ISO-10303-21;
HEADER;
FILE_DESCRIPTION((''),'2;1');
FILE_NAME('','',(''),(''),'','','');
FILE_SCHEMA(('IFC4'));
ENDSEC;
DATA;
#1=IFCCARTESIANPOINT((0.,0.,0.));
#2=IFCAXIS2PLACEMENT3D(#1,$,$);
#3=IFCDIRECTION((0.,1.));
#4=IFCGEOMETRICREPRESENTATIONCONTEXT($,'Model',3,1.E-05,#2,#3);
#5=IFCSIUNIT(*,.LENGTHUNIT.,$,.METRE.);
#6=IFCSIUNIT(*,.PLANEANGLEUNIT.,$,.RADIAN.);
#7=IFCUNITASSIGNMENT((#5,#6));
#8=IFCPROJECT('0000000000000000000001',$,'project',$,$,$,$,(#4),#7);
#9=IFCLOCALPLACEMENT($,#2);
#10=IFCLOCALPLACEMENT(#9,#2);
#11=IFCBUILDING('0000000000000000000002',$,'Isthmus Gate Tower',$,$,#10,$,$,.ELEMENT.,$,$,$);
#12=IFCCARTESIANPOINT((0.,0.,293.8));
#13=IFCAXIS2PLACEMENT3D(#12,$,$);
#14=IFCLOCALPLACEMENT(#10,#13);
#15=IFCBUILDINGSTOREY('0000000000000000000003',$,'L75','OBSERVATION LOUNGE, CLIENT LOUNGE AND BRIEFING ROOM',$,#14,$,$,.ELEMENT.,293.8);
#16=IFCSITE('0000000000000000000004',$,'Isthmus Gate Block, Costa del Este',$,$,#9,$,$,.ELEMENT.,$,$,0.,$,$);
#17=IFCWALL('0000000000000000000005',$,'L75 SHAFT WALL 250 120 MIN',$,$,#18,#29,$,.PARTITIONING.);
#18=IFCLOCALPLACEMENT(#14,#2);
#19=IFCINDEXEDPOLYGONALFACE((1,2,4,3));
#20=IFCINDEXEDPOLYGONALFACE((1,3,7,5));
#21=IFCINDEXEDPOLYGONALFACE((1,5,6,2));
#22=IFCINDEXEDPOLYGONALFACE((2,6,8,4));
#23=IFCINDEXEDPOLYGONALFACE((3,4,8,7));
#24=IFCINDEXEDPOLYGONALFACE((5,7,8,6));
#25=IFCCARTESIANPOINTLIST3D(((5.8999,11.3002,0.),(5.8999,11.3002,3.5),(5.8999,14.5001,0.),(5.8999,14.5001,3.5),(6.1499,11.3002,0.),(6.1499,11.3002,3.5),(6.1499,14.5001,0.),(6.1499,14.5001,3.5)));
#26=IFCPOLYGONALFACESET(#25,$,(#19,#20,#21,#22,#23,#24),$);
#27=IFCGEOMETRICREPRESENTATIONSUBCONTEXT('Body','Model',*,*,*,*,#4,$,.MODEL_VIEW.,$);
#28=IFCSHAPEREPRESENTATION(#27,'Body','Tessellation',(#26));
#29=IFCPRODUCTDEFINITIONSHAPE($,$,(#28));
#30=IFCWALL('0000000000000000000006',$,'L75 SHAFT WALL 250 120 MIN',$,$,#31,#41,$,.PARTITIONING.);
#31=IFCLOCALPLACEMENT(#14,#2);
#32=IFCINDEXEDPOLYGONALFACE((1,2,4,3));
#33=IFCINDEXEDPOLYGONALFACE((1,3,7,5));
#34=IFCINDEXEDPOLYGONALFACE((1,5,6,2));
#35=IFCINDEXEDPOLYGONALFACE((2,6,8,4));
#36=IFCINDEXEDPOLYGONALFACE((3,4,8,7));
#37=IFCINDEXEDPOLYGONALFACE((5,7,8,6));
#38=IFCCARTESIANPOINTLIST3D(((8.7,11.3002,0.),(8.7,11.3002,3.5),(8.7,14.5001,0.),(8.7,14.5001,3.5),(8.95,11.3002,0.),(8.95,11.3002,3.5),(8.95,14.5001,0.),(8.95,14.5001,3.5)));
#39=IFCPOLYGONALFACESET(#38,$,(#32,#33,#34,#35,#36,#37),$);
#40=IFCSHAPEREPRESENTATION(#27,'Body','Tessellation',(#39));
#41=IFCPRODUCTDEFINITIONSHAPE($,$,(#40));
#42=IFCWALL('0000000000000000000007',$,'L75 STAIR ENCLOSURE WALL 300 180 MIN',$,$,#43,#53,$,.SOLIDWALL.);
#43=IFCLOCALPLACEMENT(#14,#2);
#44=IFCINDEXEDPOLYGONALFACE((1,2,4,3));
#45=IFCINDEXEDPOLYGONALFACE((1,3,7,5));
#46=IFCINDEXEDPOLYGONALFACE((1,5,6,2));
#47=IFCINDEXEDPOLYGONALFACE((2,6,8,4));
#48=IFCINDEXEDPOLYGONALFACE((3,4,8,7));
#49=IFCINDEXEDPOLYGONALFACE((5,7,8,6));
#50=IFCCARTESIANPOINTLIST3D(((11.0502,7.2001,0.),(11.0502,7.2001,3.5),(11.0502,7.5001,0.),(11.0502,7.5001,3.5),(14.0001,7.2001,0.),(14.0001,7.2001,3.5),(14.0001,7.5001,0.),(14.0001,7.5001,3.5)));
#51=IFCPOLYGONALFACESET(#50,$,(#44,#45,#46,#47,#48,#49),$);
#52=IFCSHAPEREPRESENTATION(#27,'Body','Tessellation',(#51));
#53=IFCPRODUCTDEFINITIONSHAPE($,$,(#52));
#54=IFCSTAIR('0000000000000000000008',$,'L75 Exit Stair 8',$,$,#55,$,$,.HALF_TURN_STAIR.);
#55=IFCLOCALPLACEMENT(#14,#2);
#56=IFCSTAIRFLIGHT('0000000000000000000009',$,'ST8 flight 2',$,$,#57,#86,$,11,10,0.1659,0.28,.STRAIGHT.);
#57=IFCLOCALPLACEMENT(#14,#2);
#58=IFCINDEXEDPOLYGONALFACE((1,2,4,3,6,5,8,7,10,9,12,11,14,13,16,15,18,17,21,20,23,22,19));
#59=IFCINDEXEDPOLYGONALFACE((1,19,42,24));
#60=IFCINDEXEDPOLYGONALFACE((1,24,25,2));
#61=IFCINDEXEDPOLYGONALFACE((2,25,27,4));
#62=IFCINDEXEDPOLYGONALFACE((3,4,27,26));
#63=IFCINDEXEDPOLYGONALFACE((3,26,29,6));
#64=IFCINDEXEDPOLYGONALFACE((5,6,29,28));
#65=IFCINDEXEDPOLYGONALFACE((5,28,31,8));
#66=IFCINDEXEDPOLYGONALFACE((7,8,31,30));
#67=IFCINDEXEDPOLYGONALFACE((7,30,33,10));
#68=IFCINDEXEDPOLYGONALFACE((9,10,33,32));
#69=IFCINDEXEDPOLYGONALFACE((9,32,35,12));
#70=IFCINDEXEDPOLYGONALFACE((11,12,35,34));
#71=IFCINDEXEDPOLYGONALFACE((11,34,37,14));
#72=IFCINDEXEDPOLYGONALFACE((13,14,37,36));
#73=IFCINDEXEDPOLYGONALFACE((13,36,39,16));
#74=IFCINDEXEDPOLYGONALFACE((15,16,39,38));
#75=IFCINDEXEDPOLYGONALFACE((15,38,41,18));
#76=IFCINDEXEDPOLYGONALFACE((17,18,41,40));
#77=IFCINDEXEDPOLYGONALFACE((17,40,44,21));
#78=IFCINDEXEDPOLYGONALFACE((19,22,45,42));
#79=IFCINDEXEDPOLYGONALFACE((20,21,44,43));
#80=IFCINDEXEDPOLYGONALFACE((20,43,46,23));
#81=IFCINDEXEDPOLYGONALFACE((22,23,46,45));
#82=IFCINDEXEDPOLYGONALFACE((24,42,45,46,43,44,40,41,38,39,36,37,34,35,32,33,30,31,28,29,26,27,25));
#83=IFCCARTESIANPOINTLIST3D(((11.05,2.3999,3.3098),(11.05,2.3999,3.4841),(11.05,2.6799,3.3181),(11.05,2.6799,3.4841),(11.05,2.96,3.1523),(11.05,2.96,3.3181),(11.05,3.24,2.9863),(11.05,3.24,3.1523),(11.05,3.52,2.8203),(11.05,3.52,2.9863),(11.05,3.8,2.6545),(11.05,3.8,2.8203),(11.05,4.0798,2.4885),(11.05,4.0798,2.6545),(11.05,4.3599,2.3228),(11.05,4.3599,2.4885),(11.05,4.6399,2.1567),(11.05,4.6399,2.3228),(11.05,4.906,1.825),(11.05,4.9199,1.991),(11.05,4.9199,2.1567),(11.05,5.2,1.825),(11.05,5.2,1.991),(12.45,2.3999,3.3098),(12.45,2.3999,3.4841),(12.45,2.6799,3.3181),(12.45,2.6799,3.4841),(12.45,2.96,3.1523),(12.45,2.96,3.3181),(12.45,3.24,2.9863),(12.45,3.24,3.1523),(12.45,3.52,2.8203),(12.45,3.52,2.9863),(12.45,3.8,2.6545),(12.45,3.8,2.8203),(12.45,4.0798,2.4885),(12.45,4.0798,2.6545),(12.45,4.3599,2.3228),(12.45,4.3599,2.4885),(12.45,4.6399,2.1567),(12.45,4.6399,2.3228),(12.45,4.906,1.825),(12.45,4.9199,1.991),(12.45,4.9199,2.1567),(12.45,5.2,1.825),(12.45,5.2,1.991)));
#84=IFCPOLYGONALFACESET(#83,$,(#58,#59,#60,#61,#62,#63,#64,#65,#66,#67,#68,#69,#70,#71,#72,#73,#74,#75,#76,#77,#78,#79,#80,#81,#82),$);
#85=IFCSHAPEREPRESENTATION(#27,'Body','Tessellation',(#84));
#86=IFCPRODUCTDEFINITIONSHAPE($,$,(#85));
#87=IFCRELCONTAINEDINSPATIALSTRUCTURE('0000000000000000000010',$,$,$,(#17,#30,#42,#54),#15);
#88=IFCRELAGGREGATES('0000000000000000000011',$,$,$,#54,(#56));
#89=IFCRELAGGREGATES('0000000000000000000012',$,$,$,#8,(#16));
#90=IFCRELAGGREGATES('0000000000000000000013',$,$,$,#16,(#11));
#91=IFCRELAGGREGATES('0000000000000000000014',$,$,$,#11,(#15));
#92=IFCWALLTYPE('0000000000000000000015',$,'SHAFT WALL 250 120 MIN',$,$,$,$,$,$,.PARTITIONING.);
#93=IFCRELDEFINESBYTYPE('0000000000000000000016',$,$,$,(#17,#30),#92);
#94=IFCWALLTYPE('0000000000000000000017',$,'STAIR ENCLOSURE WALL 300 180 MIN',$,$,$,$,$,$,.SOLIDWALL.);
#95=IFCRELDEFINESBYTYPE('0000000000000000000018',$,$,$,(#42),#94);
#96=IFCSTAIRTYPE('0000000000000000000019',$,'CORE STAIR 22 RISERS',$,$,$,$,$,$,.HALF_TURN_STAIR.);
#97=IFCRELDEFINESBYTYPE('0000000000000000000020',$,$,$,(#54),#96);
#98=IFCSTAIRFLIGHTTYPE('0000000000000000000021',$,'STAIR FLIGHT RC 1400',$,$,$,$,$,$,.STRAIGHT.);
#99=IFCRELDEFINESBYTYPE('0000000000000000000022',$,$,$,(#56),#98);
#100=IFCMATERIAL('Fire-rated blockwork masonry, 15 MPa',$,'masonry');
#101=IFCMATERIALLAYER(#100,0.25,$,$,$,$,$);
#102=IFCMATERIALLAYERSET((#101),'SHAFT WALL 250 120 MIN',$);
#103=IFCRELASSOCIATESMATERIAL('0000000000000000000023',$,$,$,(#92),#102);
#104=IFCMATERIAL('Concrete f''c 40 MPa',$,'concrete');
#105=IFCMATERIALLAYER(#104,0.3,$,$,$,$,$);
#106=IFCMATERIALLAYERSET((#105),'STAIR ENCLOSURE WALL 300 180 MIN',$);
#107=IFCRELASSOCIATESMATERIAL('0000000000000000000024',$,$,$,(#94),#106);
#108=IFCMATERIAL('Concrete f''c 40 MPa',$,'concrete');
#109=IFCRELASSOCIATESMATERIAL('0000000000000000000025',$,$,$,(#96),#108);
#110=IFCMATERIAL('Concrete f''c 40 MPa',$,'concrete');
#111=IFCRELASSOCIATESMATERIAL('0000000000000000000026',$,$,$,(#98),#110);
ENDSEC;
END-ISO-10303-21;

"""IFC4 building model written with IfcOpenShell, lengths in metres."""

from ifc_helpers import new_model, si_unit, direction, frame, frame_2d, origin, place, context, subcontext, project, spatial, polyline, rectangle, outline, extrude, material, layer, layer_set, type_object, element, aggregate, save


model = new_model("IFC4")

# Units and contexts
model_context = context("Model", 3, precision=1e-05, world=origin(), true_north=direction((0.0, 1.0)))
body_context = subcontext(model_context, "Body", "Model", "MODEL_VIEW")
ifc_project = project(units=[si_unit("LENGTHUNIT", "METRE"), si_unit("PLANEANGLEUNIT", "RADIAN")], contexts=[model_context])

# Site, building, storey
site_placement = place(None, origin())
site = spatial("IfcSite", under=ifc_project, at=site_placement, Name="Isthmus Gate Block, Costa del Este", CompositionType="ELEMENT", RefElevation=0.0)
building_placement = place(site_placement, origin())
building = spatial("IfcBuilding", under=site, at=building_placement, Name="Isthmus Gate Tower", CompositionType="ELEMENT")
storey_placement = place(building_placement, frame((0.0, 0.0, 293.8)))
storey = spatial("IfcBuildingStorey", under=building, at=storey_placement, Name="L75", Description="OBSERVATION LOUNGE, CLIENT LOUNGE AND BRIEFING ROOM", CompositionType="ELEMENT", Elevation=293.8)

# Walls
ifc_material_1 = material(Name="Fire-rated blockwork masonry, 15 MPa", Category="masonry")
ifc_layer_1 = layer(ifc_material_1, 0.25)
ifc_layer_set_1 = layer_set([ifc_layer_1], Name="SHAFT WALL 250 120 MIN")
wall_type_1 = type_object("IfcWallType", Name="SHAFT WALL 250 120 MIN", PredefinedType="PARTITIONING", material=ifc_layer_set_1)
for number, where, z_axis, x_axis, name in (
    (1, (6.0249, 11.3, 0.0), (0.0, 0.0, 1.0), (0.0, 1.0, 0.0), "L75 SHAFT WALL 250 120 MIN"),
    (2, (8.825, 11.3, 0.0), (0.0, 0.0, 1.0), (0.0, 1.0, 0.0), "L75 SHAFT WALL 250 120 MIN"),
):
    element("IfcWall", number, at=place(storey_placement, frame(where, z_axis=z_axis, x_axis=x_axis)), inside=storey, type_object=wall_type_1, Name=name, PredefinedType="PARTITIONING", context=body_context, shape_type="SweptSolid", body=[
        extrude(rectangle(XDim=3.2, YDim=0.25, at=frame_2d((1.6001, 0.0))), origin(), (0.0, 0.0, 1.0), 3.5),
    ])
ifc_material_2 = material(Name="Concrete f'c 40 MPa", Category="concrete")
ifc_layer_2 = layer(ifc_material_2, 0.3)
ifc_layer_set_2 = layer_set([ifc_layer_2], Name="STAIR ENCLOSURE WALL 300 180 MIN")
wall_type_2 = type_object("IfcWallType", Name="STAIR ENCLOSURE WALL 300 180 MIN", PredefinedType="SOLIDWALL", material=ifc_layer_set_2)
wall_1_placement = place(storey_placement, frame((11.05, 7.3501, 0.0), z_axis=(0.0, 0.0, 1.0), x_axis=(1.0, 0.0, 0.0)))
element("IfcWall", 3, at=wall_1_placement, inside=storey, type_object=wall_type_2, Name="L75 STAIR ENCLOSURE WALL 300 180 MIN", PredefinedType="SOLIDWALL", context=body_context, shape_type="SweptSolid", body=[
    extrude(rectangle(XDim=2.95, YDim=0.3, at=frame_2d((1.4751, 0.0))), origin(), (0.0, 0.0, 1.0), 3.5),
])

# Stair, stair flight
ifc_material_3 = material(Name="Concrete f'c 40 MPa", Category="concrete")
stair_type = type_object("IfcStairType", Name="CORE STAIR 22 RISERS", PredefinedType="HALF_TURN_STAIR", material=ifc_material_3)
stair_placement = place(storey_placement, origin())
stair = element("IfcStair", 4, at=stair_placement, inside=storey, type_object=stair_type, Name="L75 Exit Stair 8", PredefinedType="HALF_TURN_STAIR")
ifc_material_4 = material(Name="Concrete f'c 40 MPa", Category="concrete")
stair_flight_type = type_object("IfcStairFlightType", Name="STAIR FLIGHT RC 1400", PredefinedType="STRAIGHT", material=ifc_material_4)
stair_flight_placement = place(storey_placement, frame((11.75, 5.2, 1.825), z_axis=(0.0, 0.0, 1.0), x_axis=(0.0, -1.0, 0.0)))
stair_flight = element("IfcStairFlight", 5, at=stair_flight_placement, type_object=stair_flight_type, Name="ST8 flight 2", NumberOfRisers=11, NumberOfTreads=10, PredefinedType="STRAIGHT", RiserHeight=0.1659, TreadLength=0.28, context=body_context, shape_type="SweptSolid", body=[
    extrude(outline(polyline([(0.0, 0.0), (0.0, 0.166), (0.28, 0.166), (0.28, 0.3318), (0.5601, 0.3318), (0.5601, 0.4978), (0.8401, 0.4978), (0.8401, 0.6636), (1.1201, 0.6636), (1.1201, 0.8296), (1.3999, 0.8296), (1.3999, 0.9954), (1.6799, 0.9954), (1.6799, 1.1614), (1.96, 1.1614), (1.96, 1.3274), (2.24, 1.3274), (2.24, 1.4932), (2.52, 1.4932), (2.52, 1.6592), (2.8, 1.6592), (2.8, 1.825), (2.8, 1.4849), (0.2939, 0.0), (0.0, 0.0)])), frame((0.0, 0.7, 0.0), z_axis=(0.0, -1.0, 0.0), x_axis=(1.0, 0.0, 0.0)), (0.0, 0.0, 1.0), 1.3999),
])
aggregate(stair, [stair_flight])

save(model, "model.ifc")
